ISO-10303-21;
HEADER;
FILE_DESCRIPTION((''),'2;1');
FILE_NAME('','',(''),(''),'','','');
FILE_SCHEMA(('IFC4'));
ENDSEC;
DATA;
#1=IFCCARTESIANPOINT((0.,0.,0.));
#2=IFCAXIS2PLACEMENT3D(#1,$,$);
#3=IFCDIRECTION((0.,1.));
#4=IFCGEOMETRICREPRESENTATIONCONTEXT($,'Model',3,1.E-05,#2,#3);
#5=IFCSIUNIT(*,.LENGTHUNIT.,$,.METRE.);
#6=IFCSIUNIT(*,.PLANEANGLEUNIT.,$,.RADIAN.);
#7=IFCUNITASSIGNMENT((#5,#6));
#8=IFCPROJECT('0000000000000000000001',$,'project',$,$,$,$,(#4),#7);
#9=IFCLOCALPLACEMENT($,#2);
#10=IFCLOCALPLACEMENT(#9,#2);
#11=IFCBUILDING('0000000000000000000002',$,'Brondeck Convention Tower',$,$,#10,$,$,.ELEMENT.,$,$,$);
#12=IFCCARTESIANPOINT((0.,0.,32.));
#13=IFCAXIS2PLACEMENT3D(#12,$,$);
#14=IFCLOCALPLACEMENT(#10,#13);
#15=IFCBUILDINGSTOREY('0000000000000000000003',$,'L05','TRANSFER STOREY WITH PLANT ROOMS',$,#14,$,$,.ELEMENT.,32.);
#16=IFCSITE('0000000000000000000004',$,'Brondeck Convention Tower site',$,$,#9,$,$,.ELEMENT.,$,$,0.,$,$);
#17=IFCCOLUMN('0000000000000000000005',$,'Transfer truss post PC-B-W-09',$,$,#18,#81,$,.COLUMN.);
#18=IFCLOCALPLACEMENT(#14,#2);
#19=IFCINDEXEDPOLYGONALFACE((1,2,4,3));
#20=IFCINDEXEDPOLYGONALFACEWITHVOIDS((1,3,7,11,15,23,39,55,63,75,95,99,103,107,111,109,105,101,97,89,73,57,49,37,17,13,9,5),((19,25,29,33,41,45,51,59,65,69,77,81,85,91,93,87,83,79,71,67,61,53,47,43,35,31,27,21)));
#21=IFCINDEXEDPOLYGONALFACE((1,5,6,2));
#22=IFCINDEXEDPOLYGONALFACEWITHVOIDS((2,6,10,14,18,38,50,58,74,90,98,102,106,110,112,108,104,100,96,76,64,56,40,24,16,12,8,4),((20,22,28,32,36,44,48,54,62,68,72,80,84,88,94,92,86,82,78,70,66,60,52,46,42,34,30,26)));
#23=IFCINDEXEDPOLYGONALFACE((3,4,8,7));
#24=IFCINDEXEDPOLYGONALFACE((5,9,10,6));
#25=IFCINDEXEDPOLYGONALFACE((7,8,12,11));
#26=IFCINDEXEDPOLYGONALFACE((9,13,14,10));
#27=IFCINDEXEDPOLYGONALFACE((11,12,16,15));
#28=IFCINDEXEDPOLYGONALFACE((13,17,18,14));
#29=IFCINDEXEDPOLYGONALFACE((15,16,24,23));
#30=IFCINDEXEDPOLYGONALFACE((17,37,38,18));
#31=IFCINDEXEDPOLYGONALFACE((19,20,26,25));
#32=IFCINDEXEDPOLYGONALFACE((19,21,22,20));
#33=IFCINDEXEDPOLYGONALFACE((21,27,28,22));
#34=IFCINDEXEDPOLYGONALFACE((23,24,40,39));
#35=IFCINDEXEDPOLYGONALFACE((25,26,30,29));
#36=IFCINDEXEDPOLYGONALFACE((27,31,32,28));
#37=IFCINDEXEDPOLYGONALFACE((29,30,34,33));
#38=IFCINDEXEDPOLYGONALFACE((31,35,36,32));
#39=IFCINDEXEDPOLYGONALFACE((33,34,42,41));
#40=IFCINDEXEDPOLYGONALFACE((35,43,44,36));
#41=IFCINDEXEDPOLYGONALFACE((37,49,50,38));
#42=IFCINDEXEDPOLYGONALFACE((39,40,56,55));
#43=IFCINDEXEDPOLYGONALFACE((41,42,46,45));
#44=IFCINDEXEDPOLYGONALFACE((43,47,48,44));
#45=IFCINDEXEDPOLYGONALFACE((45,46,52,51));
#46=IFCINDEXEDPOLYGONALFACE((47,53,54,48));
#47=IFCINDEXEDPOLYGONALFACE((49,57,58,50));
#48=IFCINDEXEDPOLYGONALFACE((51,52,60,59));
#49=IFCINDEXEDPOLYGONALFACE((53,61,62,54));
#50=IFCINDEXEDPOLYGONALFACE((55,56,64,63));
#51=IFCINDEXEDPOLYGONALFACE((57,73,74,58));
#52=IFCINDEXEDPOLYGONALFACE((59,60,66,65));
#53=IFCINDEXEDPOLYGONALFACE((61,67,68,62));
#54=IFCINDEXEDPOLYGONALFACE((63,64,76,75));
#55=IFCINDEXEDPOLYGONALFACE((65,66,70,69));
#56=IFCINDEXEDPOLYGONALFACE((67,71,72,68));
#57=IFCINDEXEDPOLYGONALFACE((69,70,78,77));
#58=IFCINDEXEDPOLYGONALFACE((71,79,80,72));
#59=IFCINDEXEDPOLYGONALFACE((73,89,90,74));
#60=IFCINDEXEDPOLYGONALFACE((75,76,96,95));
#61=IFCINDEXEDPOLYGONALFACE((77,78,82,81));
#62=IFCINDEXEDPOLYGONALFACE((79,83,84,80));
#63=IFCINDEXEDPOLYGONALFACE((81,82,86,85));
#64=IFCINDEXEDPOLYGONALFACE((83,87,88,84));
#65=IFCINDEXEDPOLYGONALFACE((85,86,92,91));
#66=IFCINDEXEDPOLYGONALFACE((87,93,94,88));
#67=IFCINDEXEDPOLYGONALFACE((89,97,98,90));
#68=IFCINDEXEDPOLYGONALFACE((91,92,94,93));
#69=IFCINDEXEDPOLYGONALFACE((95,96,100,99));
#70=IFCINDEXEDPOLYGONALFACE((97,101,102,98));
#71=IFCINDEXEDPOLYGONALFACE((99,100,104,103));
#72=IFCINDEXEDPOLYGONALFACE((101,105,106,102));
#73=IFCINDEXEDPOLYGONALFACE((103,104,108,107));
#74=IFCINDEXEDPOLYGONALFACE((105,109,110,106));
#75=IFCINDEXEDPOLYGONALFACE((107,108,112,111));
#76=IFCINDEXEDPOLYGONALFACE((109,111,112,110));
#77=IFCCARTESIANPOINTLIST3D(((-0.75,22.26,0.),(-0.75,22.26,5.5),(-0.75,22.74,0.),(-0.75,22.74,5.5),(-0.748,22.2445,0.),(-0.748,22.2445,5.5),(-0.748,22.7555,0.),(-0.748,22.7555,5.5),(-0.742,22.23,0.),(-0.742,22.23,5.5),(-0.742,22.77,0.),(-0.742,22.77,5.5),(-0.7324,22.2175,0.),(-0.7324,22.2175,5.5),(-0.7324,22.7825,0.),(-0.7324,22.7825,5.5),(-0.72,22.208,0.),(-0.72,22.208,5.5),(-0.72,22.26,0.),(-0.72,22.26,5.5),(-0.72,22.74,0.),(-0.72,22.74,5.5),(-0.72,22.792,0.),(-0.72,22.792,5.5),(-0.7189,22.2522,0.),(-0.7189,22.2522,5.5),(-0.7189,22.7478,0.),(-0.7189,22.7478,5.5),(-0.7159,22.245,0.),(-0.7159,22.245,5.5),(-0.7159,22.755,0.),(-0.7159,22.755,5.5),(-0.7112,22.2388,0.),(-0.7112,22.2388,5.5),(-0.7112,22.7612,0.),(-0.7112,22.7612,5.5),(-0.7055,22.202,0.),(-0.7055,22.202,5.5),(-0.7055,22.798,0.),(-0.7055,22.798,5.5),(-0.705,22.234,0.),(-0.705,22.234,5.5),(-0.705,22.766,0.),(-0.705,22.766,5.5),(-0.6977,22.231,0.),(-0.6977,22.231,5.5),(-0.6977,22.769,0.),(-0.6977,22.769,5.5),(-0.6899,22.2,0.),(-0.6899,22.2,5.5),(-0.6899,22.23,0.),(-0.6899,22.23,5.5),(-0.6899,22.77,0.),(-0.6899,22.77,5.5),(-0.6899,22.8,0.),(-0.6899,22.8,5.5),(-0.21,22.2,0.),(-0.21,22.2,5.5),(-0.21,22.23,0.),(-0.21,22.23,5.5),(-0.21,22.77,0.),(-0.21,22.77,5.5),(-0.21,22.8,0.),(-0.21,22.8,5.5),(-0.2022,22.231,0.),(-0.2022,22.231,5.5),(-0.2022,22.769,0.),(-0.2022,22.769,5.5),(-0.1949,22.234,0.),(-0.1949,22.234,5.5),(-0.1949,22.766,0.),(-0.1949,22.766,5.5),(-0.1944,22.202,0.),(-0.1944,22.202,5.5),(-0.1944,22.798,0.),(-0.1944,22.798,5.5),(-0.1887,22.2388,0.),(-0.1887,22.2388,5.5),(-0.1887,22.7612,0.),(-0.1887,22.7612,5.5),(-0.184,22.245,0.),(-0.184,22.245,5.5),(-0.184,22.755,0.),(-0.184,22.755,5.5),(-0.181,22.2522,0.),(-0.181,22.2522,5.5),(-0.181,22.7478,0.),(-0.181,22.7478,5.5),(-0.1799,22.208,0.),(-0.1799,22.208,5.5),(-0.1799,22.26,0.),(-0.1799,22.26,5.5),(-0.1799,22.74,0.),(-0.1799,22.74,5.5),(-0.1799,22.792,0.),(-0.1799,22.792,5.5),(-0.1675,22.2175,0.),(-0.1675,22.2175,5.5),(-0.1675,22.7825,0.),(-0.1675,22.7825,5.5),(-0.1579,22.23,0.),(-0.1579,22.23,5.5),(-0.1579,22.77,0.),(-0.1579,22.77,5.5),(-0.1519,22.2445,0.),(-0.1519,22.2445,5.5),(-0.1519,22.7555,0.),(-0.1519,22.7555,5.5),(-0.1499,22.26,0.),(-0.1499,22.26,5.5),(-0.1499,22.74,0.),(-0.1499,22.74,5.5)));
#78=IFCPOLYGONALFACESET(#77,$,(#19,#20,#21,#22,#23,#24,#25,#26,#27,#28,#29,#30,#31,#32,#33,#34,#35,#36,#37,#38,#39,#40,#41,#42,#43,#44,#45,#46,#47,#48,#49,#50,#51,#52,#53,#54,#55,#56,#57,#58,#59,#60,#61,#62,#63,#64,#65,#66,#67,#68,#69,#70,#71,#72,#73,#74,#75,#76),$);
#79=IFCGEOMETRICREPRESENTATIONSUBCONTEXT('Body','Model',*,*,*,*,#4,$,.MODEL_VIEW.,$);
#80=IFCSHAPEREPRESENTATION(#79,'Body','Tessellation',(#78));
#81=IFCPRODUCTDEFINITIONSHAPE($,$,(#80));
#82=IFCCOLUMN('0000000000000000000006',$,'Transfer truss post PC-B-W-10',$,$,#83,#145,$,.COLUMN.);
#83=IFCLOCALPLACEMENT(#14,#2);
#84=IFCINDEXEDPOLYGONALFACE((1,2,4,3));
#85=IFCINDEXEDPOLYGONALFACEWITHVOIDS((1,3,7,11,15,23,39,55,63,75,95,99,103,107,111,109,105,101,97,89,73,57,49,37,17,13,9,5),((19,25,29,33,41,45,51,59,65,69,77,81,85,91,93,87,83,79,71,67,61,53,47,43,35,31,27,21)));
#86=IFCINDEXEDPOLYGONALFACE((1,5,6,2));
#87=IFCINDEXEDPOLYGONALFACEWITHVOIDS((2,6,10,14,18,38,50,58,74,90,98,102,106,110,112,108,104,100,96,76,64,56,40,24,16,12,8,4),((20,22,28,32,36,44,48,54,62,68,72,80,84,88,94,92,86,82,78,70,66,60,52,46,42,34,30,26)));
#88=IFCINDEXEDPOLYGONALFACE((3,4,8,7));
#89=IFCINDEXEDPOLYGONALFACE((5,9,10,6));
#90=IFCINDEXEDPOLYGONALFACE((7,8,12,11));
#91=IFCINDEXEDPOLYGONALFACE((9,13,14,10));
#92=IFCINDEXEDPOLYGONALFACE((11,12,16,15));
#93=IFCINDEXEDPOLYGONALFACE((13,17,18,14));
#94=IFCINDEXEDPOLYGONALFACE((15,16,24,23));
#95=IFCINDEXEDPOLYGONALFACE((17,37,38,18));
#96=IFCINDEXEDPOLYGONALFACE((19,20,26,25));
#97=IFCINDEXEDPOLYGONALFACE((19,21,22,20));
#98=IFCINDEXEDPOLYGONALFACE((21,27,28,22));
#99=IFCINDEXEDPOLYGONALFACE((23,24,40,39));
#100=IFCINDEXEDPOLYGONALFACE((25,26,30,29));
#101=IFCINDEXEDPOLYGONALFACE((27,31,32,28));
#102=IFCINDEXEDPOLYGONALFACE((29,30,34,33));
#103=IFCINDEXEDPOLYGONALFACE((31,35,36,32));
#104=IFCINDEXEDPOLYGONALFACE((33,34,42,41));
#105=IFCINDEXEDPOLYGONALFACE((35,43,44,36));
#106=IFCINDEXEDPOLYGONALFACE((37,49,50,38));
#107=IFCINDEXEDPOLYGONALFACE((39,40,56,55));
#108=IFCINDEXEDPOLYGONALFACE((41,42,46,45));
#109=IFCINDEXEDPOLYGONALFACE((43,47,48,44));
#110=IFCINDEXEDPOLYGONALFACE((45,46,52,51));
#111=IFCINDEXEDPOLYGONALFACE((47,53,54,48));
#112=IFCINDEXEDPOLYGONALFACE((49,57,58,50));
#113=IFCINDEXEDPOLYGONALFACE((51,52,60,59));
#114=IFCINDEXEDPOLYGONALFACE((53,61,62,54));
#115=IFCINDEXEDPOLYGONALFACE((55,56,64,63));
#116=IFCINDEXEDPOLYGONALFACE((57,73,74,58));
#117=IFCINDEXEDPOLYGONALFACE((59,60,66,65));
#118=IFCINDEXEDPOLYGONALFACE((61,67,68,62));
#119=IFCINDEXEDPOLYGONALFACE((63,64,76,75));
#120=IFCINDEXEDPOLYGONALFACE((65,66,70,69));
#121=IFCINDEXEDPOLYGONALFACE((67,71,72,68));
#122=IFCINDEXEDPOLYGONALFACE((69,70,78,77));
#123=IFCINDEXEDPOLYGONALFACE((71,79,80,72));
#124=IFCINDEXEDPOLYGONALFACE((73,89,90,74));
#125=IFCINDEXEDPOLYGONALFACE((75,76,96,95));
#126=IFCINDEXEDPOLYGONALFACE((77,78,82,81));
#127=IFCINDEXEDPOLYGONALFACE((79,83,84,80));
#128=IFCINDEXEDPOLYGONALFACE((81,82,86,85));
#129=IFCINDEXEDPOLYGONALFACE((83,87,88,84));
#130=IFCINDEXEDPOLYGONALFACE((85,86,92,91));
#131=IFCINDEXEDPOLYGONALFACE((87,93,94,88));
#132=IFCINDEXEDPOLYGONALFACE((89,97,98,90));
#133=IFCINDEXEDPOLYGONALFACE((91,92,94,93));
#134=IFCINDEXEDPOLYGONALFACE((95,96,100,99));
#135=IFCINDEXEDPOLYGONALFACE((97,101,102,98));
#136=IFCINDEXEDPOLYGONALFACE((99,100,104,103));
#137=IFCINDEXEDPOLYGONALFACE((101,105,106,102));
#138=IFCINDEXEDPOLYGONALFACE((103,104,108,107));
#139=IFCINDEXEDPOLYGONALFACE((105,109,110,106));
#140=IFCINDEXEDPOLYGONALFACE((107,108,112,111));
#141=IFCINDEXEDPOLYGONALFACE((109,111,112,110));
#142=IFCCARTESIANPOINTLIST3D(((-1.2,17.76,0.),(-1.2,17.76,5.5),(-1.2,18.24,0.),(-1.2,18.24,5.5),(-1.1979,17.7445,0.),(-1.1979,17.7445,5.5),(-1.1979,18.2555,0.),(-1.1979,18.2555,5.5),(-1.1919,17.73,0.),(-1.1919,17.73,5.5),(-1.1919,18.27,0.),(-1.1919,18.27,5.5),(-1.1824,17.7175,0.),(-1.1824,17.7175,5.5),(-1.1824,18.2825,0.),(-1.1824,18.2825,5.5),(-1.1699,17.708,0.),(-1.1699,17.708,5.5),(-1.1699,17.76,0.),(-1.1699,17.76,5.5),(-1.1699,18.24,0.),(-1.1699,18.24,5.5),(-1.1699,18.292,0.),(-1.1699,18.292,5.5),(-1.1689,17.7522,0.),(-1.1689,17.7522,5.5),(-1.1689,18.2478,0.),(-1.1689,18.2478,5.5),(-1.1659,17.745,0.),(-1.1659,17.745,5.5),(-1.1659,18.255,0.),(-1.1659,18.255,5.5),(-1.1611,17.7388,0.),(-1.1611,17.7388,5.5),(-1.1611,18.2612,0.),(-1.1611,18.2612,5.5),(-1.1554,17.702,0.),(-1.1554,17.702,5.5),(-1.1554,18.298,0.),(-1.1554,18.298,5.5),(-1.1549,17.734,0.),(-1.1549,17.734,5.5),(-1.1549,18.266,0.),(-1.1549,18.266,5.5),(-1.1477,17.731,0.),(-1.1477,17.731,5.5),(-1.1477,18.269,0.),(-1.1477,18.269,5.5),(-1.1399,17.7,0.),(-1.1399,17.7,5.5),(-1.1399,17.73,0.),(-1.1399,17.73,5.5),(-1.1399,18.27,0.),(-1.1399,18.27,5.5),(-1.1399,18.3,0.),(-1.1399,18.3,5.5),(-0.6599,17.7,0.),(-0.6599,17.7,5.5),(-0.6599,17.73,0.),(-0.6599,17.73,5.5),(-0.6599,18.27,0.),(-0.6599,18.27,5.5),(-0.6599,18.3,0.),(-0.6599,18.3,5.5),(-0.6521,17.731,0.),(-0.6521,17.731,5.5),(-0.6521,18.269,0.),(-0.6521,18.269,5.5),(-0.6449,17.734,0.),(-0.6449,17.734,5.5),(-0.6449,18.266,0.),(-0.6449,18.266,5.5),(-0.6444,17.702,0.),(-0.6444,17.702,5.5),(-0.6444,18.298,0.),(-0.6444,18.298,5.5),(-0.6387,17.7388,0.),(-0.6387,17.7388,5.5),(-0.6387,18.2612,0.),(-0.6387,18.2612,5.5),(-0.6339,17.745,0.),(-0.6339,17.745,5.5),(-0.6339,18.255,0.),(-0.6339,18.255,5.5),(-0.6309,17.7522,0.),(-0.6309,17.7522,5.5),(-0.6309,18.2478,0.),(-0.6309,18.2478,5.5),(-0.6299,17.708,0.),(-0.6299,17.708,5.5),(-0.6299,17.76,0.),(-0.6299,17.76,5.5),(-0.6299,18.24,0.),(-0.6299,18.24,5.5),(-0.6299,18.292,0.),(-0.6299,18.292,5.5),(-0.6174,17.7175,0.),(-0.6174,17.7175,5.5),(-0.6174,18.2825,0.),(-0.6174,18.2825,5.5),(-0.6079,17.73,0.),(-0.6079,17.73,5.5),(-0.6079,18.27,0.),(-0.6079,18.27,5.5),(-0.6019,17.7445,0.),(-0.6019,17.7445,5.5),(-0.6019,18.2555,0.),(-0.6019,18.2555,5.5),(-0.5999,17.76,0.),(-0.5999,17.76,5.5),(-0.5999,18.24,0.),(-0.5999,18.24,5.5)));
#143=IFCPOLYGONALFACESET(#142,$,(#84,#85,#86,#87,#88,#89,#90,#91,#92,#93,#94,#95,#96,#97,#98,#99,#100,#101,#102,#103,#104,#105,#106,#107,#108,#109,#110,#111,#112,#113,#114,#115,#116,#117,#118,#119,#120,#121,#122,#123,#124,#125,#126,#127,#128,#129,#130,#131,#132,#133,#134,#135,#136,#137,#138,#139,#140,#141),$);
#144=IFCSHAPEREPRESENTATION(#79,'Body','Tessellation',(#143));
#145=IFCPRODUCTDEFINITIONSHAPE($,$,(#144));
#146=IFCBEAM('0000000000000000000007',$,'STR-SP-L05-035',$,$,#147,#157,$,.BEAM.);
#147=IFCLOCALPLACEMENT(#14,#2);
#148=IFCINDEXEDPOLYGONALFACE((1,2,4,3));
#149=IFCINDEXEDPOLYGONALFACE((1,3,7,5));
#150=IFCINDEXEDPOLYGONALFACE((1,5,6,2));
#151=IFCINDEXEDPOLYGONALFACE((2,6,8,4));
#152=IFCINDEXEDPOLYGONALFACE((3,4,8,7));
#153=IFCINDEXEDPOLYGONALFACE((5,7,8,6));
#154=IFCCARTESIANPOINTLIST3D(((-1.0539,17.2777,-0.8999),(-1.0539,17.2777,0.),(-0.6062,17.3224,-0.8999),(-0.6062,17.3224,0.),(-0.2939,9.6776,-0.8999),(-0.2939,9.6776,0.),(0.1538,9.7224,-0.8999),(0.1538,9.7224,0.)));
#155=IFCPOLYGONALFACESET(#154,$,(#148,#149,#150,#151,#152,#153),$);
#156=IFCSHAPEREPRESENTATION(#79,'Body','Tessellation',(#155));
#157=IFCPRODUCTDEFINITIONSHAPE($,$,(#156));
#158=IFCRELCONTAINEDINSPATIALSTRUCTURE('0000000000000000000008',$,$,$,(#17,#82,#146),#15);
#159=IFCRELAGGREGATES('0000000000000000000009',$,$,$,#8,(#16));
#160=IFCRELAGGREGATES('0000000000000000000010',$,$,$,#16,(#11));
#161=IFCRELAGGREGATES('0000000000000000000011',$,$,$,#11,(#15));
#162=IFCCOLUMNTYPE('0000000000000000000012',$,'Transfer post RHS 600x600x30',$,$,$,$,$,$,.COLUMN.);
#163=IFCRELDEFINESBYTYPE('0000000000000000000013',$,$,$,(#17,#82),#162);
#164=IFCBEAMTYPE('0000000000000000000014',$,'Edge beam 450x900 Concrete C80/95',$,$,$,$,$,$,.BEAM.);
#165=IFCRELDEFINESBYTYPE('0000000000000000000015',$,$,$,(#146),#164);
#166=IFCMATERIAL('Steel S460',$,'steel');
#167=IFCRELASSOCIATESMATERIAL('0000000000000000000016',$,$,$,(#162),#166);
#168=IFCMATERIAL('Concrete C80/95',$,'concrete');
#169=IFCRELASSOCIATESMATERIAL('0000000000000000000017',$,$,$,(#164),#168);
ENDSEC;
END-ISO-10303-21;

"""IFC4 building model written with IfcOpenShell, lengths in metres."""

from ifc_helpers import new_model, si_unit, direction, frame, origin, origin_2d, place, context, subcontext, project, spatial, rectangle, hollow_rectangle, extrude, material, material_profile, profile_set, type_object, element, save


model = new_model("IFC4")

# Units and contexts
model_context = context("Model", 3, precision=1e-05, world=origin(), true_north=direction((0.0, 1.0)))
body_context = subcontext(model_context, "Body", "Model", "MODEL_VIEW")
ifc_project = project(units=[si_unit("LENGTHUNIT", "METRE"), si_unit("PLANEANGLEUNIT", "RADIAN")], contexts=[model_context])

# Site, building, storey
site_placement = place(None, origin())
site = spatial("IfcSite", under=ifc_project, at=site_placement, Name="Brondeck Convention Tower site", CompositionType="ELEMENT", RefElevation=0.0)
building_placement = place(site_placement, origin())
building = spatial("IfcBuilding", under=site, at=building_placement, Name="Brondeck Convention Tower", CompositionType="ELEMENT")
storey_placement = place(building_placement, frame((0.0, 0.0, 32.0)))
storey = spatial("IfcBuildingStorey", under=building, at=storey_placement, Name="L05", Description="TRANSFER STOREY WITH PLANT ROOMS", CompositionType="ELEMENT", Elevation=32.0)

# Columns
ifc_material_1 = material(Name="Steel S460", Category="steel")
ifc_material_profile_1 = material_profile(ifc_material_1, hollow_rectangle(XDim=0.6001, YDim=0.6001, WallThickness=0.03, InnerFilletRadius=0.03, OuterFilletRadius=0.0601, at=origin_2d()), Name="RHS 600x600x30")
ifc_profile_set_1 = profile_set([ifc_material_profile_1], Name="Steel S460")
column_type = type_object("IfcColumnType", Name="Transfer post RHS 600x600x30", PredefinedType="COLUMN", material=ifc_profile_set_1)
for number, where, z_axis, x_axis, name in (
    (1, (-0.45, 22.5, 0.0), (0.0, 0.0, 1.0), (1.0, 0.0, 0.0), "Transfer truss post PC-B-W-09"),
    (2, (-0.8999, 18.0, 0.0), (0.0, 0.0, 1.0), (1.0, 0.0, 0.0), "Transfer truss post PC-B-W-10"),
):
    element("IfcColumn", number, at=place(storey_placement, frame(where, z_axis=z_axis, x_axis=x_axis)), inside=storey, type_object=column_type, Name=name, PredefinedType="COLUMN", context=body_context, shape_type="SweptSolid", body=[
        extrude(hollow_rectangle(XDim=0.6001, YDim=0.6001, WallThickness=0.03, InnerFilletRadius=0.03, OuterFilletRadius=0.0601, at=origin_2d()), origin(), (0.0, 0.0, 1.0), 5.5),
    ])

# Beam
ifc_material_2 = material(Name="Concrete C80/95", Category="concrete")
ifc_material_profile_2 = material_profile(ifc_material_2, rectangle(XDim=0.45, YDim=0.8999, at=origin_2d()), Name="Edge beam 450x900 Concrete C80/95")
ifc_profile_set_2 = profile_set([ifc_material_profile_2], Name="Concrete C80/95")
beam_type_1 = type_object("IfcBeamType", Name="Edge beam 450x900 Concrete C80/95", PredefinedType="BEAM", material=ifc_profile_set_2)
beam_1_placement = place(storey_placement, frame((-0.8301, 17.3, -0.45), z_axis=(0.099504, -0.995037, 0.0), x_axis=(0.995037, 0.099504, 0.0)))
element("IfcBeam", 3, at=beam_1_placement, inside=storey, type_object=beam_type_1, Name="STR-SP-L05-035", PredefinedType="BEAM", context=body_context, shape_type="SweptSolid", body=[
    extrude(rectangle(XDim=0.45, YDim=0.8999, at=origin_2d()), origin(), (0.0, 0.0, 1.0), 7.6379),
])

save(model, "model.ifc")
